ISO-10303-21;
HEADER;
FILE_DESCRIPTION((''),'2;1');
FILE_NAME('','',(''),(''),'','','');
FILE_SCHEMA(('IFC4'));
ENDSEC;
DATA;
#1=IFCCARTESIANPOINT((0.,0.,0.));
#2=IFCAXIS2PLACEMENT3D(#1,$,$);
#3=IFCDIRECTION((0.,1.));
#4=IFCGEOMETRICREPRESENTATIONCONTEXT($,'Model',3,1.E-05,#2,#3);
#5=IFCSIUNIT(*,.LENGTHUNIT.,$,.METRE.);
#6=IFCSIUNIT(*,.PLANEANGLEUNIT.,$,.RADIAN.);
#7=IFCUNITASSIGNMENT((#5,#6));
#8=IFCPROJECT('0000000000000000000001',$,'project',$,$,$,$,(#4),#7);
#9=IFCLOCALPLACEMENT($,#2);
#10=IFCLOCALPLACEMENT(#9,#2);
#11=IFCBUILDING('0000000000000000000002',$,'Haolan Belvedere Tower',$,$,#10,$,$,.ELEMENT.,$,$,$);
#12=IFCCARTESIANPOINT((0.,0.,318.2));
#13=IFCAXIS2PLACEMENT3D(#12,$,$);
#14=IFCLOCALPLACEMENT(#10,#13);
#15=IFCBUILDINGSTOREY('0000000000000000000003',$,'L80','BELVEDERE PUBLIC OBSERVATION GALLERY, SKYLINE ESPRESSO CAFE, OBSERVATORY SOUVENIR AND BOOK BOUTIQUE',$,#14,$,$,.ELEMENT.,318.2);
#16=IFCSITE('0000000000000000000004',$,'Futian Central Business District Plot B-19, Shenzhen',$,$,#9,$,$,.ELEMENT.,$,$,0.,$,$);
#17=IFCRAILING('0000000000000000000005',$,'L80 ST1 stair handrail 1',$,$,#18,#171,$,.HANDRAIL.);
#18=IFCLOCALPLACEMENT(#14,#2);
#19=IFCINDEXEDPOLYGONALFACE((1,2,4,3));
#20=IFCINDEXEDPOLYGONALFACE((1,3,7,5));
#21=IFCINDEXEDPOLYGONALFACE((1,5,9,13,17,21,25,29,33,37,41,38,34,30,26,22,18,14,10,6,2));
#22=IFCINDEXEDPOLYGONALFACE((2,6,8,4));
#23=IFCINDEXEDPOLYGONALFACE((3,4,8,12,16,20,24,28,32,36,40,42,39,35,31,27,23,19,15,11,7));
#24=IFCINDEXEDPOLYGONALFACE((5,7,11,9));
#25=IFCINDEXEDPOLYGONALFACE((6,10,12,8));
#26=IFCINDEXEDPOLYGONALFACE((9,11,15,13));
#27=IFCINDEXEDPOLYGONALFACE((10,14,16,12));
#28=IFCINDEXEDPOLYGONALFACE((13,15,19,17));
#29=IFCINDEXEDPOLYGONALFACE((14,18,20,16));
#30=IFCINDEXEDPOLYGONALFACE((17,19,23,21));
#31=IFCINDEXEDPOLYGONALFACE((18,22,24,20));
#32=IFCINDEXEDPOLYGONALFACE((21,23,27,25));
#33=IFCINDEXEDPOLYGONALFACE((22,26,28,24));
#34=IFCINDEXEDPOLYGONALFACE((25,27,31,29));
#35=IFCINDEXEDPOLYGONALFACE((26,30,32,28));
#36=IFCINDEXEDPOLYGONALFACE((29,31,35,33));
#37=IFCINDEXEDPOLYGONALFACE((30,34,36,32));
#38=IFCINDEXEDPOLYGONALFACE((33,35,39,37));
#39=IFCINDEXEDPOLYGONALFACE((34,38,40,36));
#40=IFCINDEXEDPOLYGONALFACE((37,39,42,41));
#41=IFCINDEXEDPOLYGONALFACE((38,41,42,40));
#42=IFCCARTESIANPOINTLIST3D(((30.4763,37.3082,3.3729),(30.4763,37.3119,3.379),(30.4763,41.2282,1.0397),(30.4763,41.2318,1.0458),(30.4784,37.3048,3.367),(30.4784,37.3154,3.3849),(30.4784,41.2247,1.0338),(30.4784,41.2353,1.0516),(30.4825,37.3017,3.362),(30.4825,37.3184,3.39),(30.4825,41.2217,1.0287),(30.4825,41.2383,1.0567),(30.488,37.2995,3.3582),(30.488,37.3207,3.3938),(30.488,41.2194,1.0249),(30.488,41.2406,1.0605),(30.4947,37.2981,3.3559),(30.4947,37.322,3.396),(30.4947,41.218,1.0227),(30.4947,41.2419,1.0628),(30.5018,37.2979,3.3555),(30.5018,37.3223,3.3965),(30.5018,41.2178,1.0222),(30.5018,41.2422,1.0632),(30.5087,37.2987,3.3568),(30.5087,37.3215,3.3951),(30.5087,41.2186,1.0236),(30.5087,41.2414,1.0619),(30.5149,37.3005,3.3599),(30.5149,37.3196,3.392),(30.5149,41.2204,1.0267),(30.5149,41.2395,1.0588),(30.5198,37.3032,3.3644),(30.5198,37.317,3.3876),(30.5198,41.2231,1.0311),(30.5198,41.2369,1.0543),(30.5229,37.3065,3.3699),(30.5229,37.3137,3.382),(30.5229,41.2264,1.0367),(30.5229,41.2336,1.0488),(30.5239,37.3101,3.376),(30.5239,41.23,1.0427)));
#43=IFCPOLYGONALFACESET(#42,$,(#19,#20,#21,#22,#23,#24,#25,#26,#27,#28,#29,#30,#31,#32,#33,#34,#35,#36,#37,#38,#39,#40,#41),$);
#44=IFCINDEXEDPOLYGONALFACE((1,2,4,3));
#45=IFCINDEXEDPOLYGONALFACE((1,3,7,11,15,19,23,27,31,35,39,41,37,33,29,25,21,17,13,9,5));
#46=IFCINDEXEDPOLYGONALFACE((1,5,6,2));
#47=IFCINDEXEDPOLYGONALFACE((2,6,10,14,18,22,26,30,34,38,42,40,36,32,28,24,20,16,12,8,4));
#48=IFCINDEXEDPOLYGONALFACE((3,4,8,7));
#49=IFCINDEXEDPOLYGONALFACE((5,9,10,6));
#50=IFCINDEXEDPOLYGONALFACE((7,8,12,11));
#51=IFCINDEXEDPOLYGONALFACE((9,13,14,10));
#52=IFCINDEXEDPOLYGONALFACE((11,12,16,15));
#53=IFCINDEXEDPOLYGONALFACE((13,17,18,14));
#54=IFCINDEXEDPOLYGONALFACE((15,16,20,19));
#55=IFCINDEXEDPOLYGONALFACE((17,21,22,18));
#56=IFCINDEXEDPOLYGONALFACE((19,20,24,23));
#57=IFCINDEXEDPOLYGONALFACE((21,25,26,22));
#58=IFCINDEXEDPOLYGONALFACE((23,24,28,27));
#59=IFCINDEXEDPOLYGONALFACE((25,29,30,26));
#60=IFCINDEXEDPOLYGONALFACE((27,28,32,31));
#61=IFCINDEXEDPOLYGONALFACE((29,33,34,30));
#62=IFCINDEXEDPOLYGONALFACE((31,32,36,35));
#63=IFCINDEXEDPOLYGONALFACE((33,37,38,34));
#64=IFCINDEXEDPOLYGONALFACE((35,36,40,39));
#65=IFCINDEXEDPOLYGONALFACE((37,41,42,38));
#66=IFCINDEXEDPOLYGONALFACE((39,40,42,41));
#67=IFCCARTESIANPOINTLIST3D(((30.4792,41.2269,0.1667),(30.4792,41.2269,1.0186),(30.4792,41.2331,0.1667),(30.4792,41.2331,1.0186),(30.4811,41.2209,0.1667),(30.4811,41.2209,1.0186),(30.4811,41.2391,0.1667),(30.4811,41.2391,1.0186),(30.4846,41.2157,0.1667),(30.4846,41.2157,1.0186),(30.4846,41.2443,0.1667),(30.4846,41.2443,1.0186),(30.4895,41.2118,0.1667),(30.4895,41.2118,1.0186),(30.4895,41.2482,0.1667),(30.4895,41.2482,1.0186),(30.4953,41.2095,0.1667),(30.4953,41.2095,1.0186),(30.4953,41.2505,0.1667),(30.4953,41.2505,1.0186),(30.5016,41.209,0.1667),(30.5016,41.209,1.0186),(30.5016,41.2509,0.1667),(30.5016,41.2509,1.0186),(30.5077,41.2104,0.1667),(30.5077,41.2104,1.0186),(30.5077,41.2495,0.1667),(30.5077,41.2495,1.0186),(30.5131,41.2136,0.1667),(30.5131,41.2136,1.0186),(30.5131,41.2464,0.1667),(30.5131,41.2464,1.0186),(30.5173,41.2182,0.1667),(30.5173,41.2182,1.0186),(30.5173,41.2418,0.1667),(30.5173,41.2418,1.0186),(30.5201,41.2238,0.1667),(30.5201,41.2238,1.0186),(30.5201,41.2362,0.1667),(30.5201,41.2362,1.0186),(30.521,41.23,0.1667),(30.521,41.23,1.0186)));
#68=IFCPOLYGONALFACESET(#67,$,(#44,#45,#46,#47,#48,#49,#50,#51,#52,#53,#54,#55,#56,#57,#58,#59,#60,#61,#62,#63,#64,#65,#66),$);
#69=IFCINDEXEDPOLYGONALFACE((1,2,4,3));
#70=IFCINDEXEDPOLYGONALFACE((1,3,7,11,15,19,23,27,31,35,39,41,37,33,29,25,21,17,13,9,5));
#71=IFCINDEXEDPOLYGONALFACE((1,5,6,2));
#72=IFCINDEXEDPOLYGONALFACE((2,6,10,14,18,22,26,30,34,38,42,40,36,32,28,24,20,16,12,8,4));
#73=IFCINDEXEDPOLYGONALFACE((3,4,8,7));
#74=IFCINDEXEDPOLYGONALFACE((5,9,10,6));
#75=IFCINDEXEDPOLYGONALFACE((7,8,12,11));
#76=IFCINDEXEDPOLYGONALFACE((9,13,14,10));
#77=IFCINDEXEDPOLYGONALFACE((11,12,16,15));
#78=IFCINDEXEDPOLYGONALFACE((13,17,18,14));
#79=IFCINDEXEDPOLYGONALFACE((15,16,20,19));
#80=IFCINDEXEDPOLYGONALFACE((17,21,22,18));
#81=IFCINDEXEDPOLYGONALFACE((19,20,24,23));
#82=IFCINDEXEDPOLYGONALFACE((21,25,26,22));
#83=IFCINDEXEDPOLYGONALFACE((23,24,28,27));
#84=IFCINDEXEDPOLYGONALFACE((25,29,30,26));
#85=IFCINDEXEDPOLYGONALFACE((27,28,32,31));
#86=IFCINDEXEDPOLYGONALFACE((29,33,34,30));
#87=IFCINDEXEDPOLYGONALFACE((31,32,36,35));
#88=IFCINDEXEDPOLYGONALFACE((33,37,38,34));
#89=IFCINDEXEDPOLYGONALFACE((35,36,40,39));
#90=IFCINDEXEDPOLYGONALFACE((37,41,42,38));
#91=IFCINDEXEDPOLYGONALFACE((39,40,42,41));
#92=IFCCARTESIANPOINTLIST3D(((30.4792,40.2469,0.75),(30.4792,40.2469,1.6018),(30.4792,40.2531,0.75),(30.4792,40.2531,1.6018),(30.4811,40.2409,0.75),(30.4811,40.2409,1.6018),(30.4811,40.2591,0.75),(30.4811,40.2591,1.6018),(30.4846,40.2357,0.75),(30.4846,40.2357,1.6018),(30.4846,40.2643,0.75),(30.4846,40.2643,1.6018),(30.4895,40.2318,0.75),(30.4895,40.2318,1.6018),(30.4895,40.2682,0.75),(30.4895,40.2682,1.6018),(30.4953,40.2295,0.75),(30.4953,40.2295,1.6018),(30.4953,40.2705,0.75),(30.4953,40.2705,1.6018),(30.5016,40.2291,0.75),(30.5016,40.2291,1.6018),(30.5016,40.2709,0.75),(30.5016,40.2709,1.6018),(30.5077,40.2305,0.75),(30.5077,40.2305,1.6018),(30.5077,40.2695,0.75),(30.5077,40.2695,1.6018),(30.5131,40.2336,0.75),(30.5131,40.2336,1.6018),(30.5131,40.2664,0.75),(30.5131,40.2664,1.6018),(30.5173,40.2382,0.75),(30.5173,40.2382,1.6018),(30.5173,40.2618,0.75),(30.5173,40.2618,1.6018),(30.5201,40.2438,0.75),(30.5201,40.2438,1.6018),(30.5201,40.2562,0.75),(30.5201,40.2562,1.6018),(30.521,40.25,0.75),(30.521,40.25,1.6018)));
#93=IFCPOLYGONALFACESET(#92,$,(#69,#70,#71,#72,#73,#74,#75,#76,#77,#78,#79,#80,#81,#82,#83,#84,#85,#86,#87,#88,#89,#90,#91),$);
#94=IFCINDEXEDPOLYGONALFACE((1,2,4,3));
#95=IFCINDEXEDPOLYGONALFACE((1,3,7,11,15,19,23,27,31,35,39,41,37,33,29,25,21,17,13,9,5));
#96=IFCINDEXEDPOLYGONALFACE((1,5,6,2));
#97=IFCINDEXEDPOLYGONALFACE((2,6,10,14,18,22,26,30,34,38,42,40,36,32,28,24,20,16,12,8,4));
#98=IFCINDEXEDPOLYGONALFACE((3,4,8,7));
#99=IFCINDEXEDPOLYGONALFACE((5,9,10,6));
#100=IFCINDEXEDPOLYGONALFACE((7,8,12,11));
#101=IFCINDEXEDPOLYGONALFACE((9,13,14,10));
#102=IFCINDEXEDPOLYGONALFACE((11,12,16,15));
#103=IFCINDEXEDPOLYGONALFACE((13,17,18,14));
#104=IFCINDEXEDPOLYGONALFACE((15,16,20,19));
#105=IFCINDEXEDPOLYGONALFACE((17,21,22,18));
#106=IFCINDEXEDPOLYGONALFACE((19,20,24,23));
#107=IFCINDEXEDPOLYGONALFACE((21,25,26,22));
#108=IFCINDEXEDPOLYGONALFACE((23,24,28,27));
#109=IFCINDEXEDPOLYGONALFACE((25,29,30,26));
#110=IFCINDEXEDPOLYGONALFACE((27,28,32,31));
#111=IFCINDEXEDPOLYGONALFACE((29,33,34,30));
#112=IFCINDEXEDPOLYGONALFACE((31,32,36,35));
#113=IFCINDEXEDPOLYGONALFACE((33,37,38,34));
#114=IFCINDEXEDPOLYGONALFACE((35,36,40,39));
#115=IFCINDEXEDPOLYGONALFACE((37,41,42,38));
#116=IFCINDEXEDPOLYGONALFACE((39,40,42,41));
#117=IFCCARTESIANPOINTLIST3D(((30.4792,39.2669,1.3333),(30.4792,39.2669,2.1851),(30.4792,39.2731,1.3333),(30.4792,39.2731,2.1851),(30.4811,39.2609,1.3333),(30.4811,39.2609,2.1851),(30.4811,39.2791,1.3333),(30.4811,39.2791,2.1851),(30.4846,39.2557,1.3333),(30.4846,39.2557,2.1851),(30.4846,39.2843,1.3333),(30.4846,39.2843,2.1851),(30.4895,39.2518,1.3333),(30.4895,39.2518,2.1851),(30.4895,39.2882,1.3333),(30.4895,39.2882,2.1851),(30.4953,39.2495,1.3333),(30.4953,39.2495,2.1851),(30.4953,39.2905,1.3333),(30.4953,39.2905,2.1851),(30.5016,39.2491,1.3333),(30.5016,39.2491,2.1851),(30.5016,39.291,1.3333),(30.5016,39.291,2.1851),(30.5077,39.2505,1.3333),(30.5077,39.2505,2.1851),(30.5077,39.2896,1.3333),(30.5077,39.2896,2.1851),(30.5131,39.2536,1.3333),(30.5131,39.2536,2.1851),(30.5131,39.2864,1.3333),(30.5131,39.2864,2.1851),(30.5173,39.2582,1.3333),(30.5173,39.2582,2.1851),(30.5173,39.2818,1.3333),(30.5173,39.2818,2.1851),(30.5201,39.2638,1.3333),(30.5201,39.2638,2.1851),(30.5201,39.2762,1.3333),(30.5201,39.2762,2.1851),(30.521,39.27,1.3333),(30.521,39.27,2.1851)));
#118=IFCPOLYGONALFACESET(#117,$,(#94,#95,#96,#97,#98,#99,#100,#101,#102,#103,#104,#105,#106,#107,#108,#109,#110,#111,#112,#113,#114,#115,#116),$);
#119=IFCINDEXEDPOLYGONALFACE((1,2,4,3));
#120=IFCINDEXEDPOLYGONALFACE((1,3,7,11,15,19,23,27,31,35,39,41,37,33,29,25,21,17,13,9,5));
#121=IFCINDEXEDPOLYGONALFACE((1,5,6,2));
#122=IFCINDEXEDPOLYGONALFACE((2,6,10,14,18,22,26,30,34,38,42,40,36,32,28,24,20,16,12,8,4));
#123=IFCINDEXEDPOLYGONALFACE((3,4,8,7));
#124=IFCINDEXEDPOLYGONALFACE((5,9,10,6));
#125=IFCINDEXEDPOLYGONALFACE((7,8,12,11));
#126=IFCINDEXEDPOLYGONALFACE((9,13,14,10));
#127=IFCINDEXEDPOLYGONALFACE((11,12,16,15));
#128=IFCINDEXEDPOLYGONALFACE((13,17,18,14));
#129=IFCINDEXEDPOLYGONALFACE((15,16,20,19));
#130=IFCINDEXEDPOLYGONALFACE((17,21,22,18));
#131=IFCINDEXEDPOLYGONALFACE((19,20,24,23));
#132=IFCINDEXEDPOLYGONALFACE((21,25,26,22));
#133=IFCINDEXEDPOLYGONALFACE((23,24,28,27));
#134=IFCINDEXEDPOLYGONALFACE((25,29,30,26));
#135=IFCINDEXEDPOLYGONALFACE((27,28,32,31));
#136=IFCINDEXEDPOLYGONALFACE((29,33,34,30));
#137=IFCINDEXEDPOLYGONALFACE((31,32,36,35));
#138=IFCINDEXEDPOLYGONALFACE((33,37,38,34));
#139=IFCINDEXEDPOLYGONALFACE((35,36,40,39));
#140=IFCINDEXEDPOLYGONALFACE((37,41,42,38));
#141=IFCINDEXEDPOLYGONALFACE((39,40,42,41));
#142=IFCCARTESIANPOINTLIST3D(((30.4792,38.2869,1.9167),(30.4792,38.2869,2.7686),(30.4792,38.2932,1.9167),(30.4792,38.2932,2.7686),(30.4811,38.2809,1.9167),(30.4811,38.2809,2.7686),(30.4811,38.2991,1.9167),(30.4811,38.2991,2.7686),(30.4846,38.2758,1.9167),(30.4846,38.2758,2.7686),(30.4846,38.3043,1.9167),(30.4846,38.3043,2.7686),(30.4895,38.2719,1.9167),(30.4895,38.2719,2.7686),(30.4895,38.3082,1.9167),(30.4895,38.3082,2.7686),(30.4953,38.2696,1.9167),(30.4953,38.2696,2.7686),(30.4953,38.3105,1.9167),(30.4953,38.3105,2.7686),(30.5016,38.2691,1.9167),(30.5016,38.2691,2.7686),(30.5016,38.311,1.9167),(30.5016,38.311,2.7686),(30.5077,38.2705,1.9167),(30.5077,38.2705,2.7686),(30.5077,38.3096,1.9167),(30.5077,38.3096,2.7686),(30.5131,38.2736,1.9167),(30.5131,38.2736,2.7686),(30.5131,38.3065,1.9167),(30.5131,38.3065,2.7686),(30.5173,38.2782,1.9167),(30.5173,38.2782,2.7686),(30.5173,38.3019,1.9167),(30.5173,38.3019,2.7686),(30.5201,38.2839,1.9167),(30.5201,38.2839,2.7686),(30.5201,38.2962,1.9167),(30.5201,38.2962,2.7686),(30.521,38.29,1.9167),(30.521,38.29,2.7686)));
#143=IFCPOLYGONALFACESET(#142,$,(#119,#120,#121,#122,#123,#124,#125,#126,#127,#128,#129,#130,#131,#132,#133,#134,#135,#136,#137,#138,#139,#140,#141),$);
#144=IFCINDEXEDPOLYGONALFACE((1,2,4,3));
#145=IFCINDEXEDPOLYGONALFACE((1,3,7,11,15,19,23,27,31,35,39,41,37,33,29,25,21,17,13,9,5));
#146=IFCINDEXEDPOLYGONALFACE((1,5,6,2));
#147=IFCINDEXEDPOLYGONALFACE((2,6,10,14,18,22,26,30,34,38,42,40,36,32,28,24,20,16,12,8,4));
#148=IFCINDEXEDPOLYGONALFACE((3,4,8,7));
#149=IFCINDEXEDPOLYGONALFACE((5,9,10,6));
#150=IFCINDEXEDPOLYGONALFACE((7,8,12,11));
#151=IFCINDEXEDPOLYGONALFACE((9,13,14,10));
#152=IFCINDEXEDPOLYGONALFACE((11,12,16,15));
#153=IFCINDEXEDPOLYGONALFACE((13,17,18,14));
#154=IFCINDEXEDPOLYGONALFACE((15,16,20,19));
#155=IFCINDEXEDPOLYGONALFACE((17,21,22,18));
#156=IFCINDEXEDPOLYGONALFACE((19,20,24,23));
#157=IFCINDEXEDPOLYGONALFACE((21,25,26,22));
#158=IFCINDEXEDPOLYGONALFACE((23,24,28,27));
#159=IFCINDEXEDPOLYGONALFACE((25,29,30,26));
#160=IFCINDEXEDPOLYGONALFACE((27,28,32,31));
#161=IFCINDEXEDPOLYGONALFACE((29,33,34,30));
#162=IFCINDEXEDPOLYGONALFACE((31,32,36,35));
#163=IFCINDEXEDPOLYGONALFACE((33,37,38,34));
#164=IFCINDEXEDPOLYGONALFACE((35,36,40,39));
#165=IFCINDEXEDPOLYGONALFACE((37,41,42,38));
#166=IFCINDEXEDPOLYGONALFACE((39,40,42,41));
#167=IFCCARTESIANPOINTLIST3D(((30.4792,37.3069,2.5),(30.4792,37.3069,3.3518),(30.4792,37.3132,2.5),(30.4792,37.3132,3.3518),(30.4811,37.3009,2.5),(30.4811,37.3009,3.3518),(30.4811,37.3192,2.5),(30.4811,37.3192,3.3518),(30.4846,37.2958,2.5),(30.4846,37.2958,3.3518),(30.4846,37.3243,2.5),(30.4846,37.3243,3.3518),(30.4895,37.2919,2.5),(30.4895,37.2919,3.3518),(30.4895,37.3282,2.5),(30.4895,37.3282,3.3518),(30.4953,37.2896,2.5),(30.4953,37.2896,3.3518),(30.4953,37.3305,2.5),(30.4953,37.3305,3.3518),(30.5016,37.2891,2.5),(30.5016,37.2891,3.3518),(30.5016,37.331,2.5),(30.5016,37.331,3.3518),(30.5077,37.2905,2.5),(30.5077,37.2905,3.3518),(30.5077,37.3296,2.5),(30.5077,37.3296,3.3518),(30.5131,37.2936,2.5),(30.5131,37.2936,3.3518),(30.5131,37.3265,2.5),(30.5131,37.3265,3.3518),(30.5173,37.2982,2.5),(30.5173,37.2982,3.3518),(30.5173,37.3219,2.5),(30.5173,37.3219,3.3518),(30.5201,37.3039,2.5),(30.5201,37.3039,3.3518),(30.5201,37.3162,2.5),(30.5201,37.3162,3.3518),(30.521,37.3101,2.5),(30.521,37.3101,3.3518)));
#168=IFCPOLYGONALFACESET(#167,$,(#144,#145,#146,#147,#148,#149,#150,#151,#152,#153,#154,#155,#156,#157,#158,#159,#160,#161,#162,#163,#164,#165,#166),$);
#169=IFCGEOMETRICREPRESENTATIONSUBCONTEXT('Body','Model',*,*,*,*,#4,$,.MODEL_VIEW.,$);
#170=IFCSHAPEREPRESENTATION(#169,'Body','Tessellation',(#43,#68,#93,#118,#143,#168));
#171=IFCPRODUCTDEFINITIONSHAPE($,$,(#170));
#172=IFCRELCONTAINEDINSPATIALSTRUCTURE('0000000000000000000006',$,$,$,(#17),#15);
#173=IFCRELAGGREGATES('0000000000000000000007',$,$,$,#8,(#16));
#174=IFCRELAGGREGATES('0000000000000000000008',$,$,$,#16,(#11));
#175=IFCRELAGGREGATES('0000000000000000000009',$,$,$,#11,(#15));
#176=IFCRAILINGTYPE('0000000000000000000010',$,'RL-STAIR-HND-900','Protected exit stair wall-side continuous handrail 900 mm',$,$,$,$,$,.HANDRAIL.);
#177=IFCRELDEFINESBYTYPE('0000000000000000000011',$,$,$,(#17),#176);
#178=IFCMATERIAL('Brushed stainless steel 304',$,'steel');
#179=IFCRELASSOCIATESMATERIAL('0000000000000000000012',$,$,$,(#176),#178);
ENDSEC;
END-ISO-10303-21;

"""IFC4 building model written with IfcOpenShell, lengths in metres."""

from ifc_helpers import new_model, si_unit, direction, frame, origin, origin_2d, place, context, subcontext, project, spatial, circle, extrude, material, type_object, element, save


model = new_model("IFC4")

# Units and contexts
model_context = context("Model", 3, precision=1e-05, world=origin(), true_north=direction((0.0, 1.0)))
body_context = subcontext(model_context, "Body", "Model", "MODEL_VIEW")
ifc_project = project(units=[si_unit("LENGTHUNIT", "METRE"), si_unit("PLANEANGLEUNIT", "RADIAN")], contexts=[model_context])

# Site, building, storey
site_placement = place(None, origin())
site = spatial("IfcSite", under=ifc_project, at=site_placement, Name="Futian Central Business District Plot B-19, Shenzhen", CompositionType="ELEMENT", RefElevation=0.0)
building_placement = place(site_placement, origin())
building = spatial("IfcBuilding", under=site, at=building_placement, Name="Haolan Belvedere Tower", CompositionType="ELEMENT")
storey_placement = place(building_placement, frame((0.0, 0.0, 318.2)))
storey = spatial("IfcBuildingStorey", under=building, at=storey_placement, Name="L80", Description="BELVEDERE PUBLIC OBSERVATION GALLERY, SKYLINE ESPRESSO CAFE, OBSERVATORY SOUVENIR AND BOOK BOUTIQUE", CompositionType="ELEMENT", Elevation=318.2)

# Railing
ifc_material_1 = material(Name="Brushed stainless steel 304", Category="steel")
railing_type = type_object("IfcRailingType", Name="RL-STAIR-HND-900", Description="Protected exit stair wall-side continuous handrail 900 mm", PredefinedType="HANDRAIL", material=ifc_material_1)
railing_placement = place(storey_placement, frame((30.5, 41.23, 0.1667)))
element("IfcRailing", 1, at=railing_placement, inside=storey, type_object=railing_type, Name="L80 ST1 stair handrail 1", PredefinedType="HANDRAIL", context=body_context, shape_type="SweptSolid", body=[
    extrude(circle(Radius=0.0239, at=origin_2d()), frame((0.0, 0.0, 0.876), z_axis=(0.0, -0.859296, 0.511478), x_axis=(1.0, 0.0, 0.0)), (0.0, 0.0, 1.0), 4.5618),
    extrude(circle(Radius=0.021, at=origin_2d()), origin(), (0.0, 0.0, 1.0), 0.8518),
    extrude(circle(Radius=0.021, at=origin_2d()), frame((0.0, -0.98, 0.5833)), (0.0, 0.0, 1.0), 0.8518),
    extrude(circle(Radius=0.021, at=origin_2d()), frame((0.0, -1.96, 1.1665)), (0.0, 0.0, 1.0), 0.8518),
    extrude(circle(Radius=0.021, at=origin_2d()), frame((0.0, -2.9399, 1.75)), (0.0, 0.0, 1.0), 0.8518),
    extrude(circle(Radius=0.021, at=origin_2d()), frame((0.0, -3.9199, 2.3333)), (0.0, 0.0, 1.0), 0.8518),
])

save(model, "model.ifc")
